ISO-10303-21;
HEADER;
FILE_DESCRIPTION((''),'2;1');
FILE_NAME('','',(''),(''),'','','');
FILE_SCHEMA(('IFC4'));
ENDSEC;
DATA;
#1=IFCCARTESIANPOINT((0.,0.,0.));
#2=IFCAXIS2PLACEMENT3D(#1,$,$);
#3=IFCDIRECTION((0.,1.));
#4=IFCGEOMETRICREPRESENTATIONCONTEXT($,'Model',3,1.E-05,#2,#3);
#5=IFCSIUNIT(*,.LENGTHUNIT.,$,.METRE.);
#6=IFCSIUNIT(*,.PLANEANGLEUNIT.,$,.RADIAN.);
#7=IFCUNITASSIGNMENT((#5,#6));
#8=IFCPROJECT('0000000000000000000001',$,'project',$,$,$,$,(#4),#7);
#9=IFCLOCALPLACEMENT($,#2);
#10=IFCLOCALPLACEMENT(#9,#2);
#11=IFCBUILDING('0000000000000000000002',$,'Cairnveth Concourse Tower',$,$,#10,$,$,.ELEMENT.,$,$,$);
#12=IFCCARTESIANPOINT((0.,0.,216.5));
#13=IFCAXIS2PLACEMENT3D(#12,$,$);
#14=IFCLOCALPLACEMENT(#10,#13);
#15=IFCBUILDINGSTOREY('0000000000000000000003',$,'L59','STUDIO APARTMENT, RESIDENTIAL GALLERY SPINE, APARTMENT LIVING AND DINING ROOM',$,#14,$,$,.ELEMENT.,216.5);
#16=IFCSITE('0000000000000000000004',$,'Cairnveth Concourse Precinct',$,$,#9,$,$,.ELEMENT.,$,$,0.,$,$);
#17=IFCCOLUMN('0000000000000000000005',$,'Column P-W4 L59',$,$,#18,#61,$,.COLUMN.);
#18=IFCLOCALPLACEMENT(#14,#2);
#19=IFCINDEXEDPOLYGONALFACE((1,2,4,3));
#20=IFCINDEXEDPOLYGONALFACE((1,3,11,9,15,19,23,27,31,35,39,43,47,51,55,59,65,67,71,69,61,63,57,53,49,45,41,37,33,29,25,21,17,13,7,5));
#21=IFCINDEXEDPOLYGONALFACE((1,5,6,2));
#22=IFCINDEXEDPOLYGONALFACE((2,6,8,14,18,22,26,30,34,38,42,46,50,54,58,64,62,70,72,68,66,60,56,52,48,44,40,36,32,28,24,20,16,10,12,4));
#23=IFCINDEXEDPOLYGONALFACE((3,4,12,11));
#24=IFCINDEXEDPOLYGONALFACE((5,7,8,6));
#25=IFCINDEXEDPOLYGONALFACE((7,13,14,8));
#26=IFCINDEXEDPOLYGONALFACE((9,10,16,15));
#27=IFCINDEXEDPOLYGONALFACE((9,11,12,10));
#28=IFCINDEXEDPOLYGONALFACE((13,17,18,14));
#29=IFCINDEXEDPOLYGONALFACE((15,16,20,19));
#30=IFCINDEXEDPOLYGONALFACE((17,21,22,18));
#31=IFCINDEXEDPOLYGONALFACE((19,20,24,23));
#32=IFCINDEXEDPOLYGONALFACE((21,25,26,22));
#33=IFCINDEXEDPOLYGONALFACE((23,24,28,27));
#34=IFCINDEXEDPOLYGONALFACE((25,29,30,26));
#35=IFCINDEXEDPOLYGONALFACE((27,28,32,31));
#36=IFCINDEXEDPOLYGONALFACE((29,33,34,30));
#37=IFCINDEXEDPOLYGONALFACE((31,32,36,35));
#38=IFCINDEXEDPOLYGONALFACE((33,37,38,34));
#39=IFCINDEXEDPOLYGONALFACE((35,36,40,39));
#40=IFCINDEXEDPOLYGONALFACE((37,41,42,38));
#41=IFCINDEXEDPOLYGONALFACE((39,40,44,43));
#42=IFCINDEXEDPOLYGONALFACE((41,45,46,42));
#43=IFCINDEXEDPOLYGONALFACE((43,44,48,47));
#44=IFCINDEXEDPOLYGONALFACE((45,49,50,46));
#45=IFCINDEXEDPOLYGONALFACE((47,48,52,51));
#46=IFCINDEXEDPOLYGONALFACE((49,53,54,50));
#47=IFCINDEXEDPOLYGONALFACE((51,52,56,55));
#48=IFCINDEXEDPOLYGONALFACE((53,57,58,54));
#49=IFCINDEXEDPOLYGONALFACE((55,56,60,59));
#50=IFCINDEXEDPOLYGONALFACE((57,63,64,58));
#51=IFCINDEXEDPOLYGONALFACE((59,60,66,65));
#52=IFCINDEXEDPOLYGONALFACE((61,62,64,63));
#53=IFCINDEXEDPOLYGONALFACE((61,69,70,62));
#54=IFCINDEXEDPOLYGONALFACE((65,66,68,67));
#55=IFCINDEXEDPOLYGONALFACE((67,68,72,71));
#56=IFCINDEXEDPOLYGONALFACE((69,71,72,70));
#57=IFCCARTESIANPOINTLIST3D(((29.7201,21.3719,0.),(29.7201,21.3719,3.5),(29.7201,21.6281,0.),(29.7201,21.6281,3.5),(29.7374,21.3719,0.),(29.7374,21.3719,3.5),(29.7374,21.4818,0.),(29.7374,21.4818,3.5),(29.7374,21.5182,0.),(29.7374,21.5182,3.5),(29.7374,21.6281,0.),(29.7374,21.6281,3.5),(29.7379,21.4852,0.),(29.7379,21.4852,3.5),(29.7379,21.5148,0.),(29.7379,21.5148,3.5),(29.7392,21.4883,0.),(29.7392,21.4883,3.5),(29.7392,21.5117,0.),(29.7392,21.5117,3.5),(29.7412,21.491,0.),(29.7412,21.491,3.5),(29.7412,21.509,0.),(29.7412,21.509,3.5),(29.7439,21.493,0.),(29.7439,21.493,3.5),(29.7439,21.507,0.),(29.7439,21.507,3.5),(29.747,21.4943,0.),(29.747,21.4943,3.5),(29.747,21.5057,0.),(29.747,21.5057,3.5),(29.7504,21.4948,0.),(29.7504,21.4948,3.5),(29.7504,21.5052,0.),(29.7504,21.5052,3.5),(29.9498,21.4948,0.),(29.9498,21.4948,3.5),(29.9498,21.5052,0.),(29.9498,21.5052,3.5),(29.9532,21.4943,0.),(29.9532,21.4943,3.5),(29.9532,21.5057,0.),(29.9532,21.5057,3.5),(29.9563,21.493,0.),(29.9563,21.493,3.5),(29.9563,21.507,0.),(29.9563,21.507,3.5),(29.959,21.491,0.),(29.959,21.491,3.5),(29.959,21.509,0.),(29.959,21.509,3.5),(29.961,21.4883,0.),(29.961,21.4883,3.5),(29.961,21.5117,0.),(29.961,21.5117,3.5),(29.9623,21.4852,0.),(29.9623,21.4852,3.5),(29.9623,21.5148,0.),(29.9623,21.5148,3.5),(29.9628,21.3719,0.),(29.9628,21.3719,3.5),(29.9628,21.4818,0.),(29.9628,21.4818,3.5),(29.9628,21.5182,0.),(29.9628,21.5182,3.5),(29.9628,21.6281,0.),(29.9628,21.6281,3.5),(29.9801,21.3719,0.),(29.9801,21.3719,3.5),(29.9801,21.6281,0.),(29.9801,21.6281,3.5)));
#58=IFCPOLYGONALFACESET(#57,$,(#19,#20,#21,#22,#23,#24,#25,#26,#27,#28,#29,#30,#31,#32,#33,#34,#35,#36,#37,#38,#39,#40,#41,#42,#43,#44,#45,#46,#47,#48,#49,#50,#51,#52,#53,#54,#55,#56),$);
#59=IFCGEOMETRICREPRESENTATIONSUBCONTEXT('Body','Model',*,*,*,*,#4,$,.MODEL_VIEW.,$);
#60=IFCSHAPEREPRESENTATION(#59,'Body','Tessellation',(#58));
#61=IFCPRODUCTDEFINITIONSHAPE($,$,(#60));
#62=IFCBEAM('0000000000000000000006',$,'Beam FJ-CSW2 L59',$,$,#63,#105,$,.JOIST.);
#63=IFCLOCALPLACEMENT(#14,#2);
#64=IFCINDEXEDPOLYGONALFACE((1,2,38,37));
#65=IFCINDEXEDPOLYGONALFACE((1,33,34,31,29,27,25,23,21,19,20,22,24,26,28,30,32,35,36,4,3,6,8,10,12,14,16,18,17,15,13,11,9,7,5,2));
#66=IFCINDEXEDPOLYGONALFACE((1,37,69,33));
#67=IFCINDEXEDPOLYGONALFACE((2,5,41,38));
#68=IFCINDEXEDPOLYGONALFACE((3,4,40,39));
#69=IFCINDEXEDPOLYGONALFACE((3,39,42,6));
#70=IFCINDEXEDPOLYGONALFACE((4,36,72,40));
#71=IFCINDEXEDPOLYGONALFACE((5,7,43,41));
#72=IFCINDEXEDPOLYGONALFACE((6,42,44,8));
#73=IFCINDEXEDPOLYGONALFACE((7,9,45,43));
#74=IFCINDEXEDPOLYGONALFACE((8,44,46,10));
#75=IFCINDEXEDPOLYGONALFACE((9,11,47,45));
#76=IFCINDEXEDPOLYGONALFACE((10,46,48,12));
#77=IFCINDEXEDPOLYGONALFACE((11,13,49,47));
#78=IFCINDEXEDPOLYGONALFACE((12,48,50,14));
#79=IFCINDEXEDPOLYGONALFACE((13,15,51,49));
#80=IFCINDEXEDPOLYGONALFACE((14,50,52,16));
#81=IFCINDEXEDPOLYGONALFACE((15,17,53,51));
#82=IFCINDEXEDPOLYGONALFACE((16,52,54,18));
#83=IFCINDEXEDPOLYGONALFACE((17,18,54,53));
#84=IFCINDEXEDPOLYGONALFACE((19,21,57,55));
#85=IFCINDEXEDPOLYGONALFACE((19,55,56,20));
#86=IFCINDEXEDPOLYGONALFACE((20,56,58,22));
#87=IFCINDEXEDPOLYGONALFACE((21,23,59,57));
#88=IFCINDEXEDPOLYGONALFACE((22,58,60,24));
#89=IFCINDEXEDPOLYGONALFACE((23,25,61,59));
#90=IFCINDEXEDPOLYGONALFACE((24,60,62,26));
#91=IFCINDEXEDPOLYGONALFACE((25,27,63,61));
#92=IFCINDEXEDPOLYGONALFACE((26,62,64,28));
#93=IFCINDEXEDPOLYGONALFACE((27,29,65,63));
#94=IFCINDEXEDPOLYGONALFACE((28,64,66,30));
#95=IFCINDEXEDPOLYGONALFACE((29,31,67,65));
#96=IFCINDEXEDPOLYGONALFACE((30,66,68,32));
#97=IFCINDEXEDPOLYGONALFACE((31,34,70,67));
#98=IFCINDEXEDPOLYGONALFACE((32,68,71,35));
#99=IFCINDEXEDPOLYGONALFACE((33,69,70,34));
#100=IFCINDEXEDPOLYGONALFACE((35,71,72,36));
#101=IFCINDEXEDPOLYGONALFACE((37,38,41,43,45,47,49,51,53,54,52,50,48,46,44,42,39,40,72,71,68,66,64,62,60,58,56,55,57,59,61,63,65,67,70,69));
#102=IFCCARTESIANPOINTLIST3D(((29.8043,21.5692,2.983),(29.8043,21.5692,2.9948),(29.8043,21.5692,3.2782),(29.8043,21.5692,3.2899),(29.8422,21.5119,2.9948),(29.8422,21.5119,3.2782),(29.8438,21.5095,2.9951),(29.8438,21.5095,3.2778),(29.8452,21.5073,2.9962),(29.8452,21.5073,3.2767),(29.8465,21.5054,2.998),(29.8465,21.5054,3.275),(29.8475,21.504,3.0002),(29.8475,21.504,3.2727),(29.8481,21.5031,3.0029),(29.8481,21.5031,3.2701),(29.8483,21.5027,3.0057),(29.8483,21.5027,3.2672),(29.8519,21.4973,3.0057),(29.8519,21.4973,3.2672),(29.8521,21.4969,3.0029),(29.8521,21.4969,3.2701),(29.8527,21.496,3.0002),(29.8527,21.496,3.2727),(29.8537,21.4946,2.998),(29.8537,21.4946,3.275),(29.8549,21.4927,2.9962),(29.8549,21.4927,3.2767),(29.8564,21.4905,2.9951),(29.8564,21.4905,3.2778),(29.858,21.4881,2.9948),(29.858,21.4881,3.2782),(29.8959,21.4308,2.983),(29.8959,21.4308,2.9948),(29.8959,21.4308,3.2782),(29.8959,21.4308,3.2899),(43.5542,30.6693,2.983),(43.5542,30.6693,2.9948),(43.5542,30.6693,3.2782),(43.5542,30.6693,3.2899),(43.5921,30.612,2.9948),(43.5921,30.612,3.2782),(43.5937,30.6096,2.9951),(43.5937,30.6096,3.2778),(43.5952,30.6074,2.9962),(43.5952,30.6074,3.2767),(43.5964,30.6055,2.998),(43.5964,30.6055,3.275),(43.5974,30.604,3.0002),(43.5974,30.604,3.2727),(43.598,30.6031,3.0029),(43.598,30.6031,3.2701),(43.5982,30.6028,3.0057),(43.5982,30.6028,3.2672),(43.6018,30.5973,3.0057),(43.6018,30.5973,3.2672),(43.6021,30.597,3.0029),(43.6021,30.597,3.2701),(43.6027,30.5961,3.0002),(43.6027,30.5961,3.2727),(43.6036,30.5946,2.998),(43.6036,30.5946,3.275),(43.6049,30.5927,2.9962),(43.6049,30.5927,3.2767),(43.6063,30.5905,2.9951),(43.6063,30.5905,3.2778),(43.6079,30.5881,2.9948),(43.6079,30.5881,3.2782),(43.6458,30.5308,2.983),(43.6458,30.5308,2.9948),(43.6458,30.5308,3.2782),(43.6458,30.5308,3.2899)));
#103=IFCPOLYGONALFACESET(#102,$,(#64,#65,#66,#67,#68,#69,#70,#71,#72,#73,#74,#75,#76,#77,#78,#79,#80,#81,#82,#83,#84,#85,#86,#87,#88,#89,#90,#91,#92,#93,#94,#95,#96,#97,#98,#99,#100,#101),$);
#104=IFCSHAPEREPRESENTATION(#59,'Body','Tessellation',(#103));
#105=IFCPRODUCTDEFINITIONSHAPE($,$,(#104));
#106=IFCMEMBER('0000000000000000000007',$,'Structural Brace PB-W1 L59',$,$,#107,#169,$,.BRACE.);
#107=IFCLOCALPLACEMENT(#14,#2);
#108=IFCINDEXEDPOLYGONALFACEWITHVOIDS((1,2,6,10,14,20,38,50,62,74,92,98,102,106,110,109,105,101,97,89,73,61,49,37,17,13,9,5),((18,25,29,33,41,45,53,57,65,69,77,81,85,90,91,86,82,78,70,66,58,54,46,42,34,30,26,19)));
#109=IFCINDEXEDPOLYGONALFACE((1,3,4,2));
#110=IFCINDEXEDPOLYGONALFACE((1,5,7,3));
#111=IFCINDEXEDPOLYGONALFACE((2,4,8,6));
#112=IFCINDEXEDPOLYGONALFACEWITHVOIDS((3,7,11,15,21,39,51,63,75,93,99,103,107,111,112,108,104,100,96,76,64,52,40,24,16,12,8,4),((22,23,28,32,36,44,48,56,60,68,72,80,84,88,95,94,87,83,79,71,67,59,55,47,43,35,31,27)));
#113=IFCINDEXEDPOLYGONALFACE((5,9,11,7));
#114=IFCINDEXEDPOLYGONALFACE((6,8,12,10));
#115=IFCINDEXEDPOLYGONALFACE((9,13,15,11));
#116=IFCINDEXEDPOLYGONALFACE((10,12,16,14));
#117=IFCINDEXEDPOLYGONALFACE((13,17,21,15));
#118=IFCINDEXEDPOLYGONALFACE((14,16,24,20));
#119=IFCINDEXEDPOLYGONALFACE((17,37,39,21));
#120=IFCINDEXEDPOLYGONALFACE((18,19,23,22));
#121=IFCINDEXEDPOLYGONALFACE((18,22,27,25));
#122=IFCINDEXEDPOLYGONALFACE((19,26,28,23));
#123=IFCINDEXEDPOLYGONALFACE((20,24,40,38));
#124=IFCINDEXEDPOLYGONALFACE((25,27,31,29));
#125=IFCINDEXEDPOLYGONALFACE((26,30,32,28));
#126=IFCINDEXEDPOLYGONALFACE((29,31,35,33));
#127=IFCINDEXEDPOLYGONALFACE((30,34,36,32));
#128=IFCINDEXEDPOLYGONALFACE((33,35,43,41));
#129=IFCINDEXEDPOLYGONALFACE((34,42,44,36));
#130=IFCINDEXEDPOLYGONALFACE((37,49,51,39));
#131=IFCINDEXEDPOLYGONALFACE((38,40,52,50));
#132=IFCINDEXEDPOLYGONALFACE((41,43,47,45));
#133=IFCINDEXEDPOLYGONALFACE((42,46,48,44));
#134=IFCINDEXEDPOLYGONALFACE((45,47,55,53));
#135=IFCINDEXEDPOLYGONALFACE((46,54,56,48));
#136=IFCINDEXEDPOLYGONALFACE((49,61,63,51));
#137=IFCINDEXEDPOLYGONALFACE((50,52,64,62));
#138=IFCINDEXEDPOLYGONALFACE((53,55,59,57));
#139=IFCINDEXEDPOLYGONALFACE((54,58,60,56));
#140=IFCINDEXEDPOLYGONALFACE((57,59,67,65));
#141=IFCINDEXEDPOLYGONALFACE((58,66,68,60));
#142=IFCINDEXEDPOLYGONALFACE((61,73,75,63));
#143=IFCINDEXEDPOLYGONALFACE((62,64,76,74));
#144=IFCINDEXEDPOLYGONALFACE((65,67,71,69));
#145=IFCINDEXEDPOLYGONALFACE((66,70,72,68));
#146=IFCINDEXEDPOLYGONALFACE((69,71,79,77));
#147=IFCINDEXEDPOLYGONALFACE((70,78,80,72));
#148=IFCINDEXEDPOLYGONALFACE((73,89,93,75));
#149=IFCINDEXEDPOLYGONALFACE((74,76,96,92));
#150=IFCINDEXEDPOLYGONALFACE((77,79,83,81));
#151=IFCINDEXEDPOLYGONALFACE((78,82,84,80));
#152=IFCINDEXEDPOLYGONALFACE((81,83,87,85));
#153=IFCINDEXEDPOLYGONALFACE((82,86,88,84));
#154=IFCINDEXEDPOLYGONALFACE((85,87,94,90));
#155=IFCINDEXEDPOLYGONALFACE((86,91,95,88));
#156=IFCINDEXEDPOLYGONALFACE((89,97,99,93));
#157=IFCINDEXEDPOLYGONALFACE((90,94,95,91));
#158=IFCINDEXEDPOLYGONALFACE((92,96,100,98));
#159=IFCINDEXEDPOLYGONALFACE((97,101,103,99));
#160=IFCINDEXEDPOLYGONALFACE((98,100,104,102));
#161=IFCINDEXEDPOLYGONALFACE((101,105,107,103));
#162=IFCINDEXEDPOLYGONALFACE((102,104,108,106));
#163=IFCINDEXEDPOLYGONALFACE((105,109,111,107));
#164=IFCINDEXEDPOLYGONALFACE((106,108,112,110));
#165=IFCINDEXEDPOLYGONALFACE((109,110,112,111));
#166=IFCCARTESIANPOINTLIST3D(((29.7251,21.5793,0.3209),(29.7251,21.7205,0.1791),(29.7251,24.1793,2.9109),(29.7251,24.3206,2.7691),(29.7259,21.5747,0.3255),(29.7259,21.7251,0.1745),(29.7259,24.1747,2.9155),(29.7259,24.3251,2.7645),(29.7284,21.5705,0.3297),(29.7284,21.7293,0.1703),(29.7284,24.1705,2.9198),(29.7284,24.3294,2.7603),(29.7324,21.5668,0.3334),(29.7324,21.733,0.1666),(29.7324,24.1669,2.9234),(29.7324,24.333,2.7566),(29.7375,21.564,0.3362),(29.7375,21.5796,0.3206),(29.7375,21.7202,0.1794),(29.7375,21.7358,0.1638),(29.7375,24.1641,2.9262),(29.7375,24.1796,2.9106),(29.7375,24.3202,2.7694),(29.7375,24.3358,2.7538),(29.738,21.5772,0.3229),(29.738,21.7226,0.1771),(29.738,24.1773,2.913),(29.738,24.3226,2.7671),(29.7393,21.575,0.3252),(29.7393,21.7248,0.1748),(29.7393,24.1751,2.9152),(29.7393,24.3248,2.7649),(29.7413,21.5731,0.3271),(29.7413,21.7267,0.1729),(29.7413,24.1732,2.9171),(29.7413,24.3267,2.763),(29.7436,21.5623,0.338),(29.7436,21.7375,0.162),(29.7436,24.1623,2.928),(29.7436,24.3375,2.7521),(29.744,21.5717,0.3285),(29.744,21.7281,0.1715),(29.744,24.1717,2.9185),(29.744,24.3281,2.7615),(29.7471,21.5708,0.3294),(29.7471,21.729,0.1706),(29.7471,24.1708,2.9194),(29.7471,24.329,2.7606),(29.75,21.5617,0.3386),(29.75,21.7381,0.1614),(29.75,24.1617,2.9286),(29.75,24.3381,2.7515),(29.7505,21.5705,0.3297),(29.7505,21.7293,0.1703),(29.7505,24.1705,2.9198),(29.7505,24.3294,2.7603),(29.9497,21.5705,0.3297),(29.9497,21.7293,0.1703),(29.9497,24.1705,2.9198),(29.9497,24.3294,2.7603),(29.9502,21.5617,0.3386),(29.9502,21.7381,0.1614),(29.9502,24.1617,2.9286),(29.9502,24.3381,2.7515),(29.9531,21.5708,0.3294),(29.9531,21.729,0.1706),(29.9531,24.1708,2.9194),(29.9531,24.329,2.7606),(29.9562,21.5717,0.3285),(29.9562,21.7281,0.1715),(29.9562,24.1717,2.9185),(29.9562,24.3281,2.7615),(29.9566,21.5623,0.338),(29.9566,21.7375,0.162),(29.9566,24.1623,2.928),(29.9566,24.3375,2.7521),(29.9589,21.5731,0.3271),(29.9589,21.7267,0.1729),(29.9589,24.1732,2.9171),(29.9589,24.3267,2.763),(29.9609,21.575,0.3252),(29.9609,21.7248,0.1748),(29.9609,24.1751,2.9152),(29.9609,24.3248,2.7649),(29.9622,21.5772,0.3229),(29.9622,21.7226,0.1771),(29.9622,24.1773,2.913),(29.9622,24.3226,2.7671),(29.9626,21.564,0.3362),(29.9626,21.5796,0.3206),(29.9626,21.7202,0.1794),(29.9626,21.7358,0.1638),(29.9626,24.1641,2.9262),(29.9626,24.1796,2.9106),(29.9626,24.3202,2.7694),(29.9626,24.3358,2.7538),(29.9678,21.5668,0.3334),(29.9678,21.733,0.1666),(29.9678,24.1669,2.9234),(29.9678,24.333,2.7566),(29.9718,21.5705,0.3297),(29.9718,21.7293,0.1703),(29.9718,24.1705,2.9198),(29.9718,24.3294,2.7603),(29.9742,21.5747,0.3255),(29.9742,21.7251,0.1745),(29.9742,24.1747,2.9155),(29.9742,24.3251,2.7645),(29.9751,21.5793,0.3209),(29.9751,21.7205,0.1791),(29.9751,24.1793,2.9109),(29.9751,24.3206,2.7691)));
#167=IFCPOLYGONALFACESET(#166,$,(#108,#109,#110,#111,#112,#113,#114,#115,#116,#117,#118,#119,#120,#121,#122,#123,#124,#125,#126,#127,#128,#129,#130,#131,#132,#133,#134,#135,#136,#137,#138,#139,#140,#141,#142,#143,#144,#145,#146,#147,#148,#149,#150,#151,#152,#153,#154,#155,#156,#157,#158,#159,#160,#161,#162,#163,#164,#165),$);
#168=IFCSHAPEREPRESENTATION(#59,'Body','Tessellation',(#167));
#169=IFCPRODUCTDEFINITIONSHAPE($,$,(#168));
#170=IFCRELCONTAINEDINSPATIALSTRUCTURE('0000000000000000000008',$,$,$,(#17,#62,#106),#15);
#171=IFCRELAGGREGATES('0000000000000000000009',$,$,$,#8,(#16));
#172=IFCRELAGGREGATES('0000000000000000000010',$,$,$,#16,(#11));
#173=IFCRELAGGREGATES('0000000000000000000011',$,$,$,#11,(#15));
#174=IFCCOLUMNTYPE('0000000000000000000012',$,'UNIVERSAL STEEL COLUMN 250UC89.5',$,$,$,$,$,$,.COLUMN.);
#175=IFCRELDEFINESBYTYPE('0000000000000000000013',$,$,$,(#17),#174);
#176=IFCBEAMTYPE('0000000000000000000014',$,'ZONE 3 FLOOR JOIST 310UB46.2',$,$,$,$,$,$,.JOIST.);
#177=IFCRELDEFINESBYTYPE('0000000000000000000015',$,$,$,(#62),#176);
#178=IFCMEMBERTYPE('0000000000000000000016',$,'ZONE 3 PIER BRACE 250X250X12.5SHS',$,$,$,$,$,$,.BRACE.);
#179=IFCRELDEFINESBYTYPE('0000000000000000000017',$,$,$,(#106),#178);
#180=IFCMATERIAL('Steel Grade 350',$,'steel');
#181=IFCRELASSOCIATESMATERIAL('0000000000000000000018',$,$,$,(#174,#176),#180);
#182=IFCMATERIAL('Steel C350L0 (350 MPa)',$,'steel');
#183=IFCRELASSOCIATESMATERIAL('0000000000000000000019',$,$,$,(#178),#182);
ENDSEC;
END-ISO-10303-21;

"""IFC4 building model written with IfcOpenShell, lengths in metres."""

from ifc_helpers import new_model, si_unit, direction, frame, origin, origin_2d, place, context, subcontext, project, spatial, hollow_rectangle, i_section, extrude, material, material_profile, profile_set, type_object, element, save


model = new_model("IFC4")

# Units and contexts
model_context = context("Model", 3, precision=1e-05, world=origin(), true_north=direction((0.0, 1.0)))
body_context = subcontext(model_context, "Body", "Model", "MODEL_VIEW")
ifc_project = project(units=[si_unit("LENGTHUNIT", "METRE"), si_unit("PLANEANGLEUNIT", "RADIAN")], contexts=[model_context])

# Site, building, storey
site_placement = place(None, origin())
site = spatial("IfcSite", under=ifc_project, at=site_placement, Name="Cairnveth Concourse Precinct", CompositionType="ELEMENT", RefElevation=0.0)
building_placement = place(site_placement, origin())
building = spatial("IfcBuilding", under=site, at=building_placement, Name="Cairnveth Concourse Tower", CompositionType="ELEMENT")
storey_placement = place(building_placement, frame((0.0, 0.0, 216.5)))
storey = spatial("IfcBuildingStorey", under=building, at=storey_placement, Name="L59", Description="STUDIO APARTMENT, RESIDENTIAL GALLERY SPINE, APARTMENT LIVING AND DINING ROOM", CompositionType="ELEMENT", Elevation=216.5)

# Column
ifc_material_1 = material(Name="Steel Grade 350", Category="steel")
ifc_material_profile_1 = material_profile(ifc_material_1, i_section(OverallWidth=0.2561, OverallDepth=0.26, WebThickness=0.0105, FlangeThickness=0.0173, FilletRadius=0.0129, at=origin_2d()), Name="250UC89.5")
ifc_profile_set_1 = profile_set([ifc_material_profile_1], Name="Steel Grade 350")
column_type = type_object("IfcColumnType", Name="UNIVERSAL STEEL COLUMN 250UC89.5", PredefinedType="COLUMN", material=ifc_profile_set_1)
column_placement = place(storey_placement, frame((29.8501, 21.5, 0.0), z_axis=(0.0, 0.0, 1.0), x_axis=(0.0, 1.0, 0.0)))
element("IfcColumn", 1, at=column_placement, inside=storey, type_object=column_type, Name="Column P-W4 L59", PredefinedType="COLUMN", context=body_context, shape_type="SweptSolid", body=[
    extrude(i_section(OverallWidth=0.2561, OverallDepth=0.26, WebThickness=0.0105, FlangeThickness=0.0173, FilletRadius=0.0129, at=origin_2d()), origin(), (0.0, 0.0, 1.0), 3.5),
])

# Beam
ifc_material_profile_2 = material_profile(ifc_material_1, i_section(OverallWidth=0.166, OverallDepth=0.3069, WebThickness=0.0066, FlangeThickness=0.0117, FilletRadius=0.011, at=origin_2d()), Name="310UB46.2")
ifc_profile_set_2 = profile_set([ifc_material_profile_2], Name="Steel Grade 350")
beam_type_1 = type_object("IfcBeamType", Name="ZONE 3 FLOOR JOIST 310UB46.2", PredefinedType="JOIST", material=ifc_profile_set_2)
beam_1_placement = place(storey_placement, frame((29.8501, 21.5, 3.1365), z_axis=(0.833909, 0.551902, 0.0), x_axis=(-0.551902, 0.833909, 0.0)))
element("IfcBeam", 2, at=beam_1_placement, inside=storey, type_object=beam_type_1, Name="Beam FJ-CSW2 L59", PredefinedType="JOIST", context=body_context, shape_type="SweptSolid", body=[
    extrude(i_section(OverallWidth=0.166, OverallDepth=0.3069, WebThickness=0.0066, FlangeThickness=0.0117, FilletRadius=0.011, at=origin_2d()), origin(), (0.0, 0.0, 1.0), 16.4885),
])

# Member
ifc_material_2 = material(Name="Steel C350L0 (350 MPa)", Category="steel")
ifc_material_profile_3 = material_profile(ifc_material_2, hollow_rectangle(XDim=0.25, YDim=0.25, WallThickness=0.0125, InnerFilletRadius=0.0129, OuterFilletRadius=0.0249, at=origin_2d()), Name="250x250x12.5SHS")
ifc_profile_set_3 = profile_set([ifc_material_profile_3], Name="Steel C350L0 (350 MPa)")
member_type = type_object("IfcMemberType", Name="ZONE 3 PIER BRACE 250X250X12.5SHS", PredefinedType="BRACE", material=ifc_profile_set_3)
member_placement = place(storey_placement, frame((29.8501, 21.6499, 0.25), z_axis=(0.0, 0.708469, 0.705742), x_axis=(-1.0, 0.0, 0.0)))
element("IfcMember", 3, at=member_placement, inside=storey, type_object=member_type, Name="Structural Brace PB-W1 L59", PredefinedType="BRACE", context=body_context, shape_type="SweptSolid", body=[
    extrude(hollow_rectangle(XDim=0.25, YDim=0.25, WallThickness=0.0125, InnerFilletRadius=0.0129, OuterFilletRadius=0.0249, at=origin_2d()), origin(), (0.0, 0.0, 1.0), 3.6699),
])

save(model, "model.ifc")
